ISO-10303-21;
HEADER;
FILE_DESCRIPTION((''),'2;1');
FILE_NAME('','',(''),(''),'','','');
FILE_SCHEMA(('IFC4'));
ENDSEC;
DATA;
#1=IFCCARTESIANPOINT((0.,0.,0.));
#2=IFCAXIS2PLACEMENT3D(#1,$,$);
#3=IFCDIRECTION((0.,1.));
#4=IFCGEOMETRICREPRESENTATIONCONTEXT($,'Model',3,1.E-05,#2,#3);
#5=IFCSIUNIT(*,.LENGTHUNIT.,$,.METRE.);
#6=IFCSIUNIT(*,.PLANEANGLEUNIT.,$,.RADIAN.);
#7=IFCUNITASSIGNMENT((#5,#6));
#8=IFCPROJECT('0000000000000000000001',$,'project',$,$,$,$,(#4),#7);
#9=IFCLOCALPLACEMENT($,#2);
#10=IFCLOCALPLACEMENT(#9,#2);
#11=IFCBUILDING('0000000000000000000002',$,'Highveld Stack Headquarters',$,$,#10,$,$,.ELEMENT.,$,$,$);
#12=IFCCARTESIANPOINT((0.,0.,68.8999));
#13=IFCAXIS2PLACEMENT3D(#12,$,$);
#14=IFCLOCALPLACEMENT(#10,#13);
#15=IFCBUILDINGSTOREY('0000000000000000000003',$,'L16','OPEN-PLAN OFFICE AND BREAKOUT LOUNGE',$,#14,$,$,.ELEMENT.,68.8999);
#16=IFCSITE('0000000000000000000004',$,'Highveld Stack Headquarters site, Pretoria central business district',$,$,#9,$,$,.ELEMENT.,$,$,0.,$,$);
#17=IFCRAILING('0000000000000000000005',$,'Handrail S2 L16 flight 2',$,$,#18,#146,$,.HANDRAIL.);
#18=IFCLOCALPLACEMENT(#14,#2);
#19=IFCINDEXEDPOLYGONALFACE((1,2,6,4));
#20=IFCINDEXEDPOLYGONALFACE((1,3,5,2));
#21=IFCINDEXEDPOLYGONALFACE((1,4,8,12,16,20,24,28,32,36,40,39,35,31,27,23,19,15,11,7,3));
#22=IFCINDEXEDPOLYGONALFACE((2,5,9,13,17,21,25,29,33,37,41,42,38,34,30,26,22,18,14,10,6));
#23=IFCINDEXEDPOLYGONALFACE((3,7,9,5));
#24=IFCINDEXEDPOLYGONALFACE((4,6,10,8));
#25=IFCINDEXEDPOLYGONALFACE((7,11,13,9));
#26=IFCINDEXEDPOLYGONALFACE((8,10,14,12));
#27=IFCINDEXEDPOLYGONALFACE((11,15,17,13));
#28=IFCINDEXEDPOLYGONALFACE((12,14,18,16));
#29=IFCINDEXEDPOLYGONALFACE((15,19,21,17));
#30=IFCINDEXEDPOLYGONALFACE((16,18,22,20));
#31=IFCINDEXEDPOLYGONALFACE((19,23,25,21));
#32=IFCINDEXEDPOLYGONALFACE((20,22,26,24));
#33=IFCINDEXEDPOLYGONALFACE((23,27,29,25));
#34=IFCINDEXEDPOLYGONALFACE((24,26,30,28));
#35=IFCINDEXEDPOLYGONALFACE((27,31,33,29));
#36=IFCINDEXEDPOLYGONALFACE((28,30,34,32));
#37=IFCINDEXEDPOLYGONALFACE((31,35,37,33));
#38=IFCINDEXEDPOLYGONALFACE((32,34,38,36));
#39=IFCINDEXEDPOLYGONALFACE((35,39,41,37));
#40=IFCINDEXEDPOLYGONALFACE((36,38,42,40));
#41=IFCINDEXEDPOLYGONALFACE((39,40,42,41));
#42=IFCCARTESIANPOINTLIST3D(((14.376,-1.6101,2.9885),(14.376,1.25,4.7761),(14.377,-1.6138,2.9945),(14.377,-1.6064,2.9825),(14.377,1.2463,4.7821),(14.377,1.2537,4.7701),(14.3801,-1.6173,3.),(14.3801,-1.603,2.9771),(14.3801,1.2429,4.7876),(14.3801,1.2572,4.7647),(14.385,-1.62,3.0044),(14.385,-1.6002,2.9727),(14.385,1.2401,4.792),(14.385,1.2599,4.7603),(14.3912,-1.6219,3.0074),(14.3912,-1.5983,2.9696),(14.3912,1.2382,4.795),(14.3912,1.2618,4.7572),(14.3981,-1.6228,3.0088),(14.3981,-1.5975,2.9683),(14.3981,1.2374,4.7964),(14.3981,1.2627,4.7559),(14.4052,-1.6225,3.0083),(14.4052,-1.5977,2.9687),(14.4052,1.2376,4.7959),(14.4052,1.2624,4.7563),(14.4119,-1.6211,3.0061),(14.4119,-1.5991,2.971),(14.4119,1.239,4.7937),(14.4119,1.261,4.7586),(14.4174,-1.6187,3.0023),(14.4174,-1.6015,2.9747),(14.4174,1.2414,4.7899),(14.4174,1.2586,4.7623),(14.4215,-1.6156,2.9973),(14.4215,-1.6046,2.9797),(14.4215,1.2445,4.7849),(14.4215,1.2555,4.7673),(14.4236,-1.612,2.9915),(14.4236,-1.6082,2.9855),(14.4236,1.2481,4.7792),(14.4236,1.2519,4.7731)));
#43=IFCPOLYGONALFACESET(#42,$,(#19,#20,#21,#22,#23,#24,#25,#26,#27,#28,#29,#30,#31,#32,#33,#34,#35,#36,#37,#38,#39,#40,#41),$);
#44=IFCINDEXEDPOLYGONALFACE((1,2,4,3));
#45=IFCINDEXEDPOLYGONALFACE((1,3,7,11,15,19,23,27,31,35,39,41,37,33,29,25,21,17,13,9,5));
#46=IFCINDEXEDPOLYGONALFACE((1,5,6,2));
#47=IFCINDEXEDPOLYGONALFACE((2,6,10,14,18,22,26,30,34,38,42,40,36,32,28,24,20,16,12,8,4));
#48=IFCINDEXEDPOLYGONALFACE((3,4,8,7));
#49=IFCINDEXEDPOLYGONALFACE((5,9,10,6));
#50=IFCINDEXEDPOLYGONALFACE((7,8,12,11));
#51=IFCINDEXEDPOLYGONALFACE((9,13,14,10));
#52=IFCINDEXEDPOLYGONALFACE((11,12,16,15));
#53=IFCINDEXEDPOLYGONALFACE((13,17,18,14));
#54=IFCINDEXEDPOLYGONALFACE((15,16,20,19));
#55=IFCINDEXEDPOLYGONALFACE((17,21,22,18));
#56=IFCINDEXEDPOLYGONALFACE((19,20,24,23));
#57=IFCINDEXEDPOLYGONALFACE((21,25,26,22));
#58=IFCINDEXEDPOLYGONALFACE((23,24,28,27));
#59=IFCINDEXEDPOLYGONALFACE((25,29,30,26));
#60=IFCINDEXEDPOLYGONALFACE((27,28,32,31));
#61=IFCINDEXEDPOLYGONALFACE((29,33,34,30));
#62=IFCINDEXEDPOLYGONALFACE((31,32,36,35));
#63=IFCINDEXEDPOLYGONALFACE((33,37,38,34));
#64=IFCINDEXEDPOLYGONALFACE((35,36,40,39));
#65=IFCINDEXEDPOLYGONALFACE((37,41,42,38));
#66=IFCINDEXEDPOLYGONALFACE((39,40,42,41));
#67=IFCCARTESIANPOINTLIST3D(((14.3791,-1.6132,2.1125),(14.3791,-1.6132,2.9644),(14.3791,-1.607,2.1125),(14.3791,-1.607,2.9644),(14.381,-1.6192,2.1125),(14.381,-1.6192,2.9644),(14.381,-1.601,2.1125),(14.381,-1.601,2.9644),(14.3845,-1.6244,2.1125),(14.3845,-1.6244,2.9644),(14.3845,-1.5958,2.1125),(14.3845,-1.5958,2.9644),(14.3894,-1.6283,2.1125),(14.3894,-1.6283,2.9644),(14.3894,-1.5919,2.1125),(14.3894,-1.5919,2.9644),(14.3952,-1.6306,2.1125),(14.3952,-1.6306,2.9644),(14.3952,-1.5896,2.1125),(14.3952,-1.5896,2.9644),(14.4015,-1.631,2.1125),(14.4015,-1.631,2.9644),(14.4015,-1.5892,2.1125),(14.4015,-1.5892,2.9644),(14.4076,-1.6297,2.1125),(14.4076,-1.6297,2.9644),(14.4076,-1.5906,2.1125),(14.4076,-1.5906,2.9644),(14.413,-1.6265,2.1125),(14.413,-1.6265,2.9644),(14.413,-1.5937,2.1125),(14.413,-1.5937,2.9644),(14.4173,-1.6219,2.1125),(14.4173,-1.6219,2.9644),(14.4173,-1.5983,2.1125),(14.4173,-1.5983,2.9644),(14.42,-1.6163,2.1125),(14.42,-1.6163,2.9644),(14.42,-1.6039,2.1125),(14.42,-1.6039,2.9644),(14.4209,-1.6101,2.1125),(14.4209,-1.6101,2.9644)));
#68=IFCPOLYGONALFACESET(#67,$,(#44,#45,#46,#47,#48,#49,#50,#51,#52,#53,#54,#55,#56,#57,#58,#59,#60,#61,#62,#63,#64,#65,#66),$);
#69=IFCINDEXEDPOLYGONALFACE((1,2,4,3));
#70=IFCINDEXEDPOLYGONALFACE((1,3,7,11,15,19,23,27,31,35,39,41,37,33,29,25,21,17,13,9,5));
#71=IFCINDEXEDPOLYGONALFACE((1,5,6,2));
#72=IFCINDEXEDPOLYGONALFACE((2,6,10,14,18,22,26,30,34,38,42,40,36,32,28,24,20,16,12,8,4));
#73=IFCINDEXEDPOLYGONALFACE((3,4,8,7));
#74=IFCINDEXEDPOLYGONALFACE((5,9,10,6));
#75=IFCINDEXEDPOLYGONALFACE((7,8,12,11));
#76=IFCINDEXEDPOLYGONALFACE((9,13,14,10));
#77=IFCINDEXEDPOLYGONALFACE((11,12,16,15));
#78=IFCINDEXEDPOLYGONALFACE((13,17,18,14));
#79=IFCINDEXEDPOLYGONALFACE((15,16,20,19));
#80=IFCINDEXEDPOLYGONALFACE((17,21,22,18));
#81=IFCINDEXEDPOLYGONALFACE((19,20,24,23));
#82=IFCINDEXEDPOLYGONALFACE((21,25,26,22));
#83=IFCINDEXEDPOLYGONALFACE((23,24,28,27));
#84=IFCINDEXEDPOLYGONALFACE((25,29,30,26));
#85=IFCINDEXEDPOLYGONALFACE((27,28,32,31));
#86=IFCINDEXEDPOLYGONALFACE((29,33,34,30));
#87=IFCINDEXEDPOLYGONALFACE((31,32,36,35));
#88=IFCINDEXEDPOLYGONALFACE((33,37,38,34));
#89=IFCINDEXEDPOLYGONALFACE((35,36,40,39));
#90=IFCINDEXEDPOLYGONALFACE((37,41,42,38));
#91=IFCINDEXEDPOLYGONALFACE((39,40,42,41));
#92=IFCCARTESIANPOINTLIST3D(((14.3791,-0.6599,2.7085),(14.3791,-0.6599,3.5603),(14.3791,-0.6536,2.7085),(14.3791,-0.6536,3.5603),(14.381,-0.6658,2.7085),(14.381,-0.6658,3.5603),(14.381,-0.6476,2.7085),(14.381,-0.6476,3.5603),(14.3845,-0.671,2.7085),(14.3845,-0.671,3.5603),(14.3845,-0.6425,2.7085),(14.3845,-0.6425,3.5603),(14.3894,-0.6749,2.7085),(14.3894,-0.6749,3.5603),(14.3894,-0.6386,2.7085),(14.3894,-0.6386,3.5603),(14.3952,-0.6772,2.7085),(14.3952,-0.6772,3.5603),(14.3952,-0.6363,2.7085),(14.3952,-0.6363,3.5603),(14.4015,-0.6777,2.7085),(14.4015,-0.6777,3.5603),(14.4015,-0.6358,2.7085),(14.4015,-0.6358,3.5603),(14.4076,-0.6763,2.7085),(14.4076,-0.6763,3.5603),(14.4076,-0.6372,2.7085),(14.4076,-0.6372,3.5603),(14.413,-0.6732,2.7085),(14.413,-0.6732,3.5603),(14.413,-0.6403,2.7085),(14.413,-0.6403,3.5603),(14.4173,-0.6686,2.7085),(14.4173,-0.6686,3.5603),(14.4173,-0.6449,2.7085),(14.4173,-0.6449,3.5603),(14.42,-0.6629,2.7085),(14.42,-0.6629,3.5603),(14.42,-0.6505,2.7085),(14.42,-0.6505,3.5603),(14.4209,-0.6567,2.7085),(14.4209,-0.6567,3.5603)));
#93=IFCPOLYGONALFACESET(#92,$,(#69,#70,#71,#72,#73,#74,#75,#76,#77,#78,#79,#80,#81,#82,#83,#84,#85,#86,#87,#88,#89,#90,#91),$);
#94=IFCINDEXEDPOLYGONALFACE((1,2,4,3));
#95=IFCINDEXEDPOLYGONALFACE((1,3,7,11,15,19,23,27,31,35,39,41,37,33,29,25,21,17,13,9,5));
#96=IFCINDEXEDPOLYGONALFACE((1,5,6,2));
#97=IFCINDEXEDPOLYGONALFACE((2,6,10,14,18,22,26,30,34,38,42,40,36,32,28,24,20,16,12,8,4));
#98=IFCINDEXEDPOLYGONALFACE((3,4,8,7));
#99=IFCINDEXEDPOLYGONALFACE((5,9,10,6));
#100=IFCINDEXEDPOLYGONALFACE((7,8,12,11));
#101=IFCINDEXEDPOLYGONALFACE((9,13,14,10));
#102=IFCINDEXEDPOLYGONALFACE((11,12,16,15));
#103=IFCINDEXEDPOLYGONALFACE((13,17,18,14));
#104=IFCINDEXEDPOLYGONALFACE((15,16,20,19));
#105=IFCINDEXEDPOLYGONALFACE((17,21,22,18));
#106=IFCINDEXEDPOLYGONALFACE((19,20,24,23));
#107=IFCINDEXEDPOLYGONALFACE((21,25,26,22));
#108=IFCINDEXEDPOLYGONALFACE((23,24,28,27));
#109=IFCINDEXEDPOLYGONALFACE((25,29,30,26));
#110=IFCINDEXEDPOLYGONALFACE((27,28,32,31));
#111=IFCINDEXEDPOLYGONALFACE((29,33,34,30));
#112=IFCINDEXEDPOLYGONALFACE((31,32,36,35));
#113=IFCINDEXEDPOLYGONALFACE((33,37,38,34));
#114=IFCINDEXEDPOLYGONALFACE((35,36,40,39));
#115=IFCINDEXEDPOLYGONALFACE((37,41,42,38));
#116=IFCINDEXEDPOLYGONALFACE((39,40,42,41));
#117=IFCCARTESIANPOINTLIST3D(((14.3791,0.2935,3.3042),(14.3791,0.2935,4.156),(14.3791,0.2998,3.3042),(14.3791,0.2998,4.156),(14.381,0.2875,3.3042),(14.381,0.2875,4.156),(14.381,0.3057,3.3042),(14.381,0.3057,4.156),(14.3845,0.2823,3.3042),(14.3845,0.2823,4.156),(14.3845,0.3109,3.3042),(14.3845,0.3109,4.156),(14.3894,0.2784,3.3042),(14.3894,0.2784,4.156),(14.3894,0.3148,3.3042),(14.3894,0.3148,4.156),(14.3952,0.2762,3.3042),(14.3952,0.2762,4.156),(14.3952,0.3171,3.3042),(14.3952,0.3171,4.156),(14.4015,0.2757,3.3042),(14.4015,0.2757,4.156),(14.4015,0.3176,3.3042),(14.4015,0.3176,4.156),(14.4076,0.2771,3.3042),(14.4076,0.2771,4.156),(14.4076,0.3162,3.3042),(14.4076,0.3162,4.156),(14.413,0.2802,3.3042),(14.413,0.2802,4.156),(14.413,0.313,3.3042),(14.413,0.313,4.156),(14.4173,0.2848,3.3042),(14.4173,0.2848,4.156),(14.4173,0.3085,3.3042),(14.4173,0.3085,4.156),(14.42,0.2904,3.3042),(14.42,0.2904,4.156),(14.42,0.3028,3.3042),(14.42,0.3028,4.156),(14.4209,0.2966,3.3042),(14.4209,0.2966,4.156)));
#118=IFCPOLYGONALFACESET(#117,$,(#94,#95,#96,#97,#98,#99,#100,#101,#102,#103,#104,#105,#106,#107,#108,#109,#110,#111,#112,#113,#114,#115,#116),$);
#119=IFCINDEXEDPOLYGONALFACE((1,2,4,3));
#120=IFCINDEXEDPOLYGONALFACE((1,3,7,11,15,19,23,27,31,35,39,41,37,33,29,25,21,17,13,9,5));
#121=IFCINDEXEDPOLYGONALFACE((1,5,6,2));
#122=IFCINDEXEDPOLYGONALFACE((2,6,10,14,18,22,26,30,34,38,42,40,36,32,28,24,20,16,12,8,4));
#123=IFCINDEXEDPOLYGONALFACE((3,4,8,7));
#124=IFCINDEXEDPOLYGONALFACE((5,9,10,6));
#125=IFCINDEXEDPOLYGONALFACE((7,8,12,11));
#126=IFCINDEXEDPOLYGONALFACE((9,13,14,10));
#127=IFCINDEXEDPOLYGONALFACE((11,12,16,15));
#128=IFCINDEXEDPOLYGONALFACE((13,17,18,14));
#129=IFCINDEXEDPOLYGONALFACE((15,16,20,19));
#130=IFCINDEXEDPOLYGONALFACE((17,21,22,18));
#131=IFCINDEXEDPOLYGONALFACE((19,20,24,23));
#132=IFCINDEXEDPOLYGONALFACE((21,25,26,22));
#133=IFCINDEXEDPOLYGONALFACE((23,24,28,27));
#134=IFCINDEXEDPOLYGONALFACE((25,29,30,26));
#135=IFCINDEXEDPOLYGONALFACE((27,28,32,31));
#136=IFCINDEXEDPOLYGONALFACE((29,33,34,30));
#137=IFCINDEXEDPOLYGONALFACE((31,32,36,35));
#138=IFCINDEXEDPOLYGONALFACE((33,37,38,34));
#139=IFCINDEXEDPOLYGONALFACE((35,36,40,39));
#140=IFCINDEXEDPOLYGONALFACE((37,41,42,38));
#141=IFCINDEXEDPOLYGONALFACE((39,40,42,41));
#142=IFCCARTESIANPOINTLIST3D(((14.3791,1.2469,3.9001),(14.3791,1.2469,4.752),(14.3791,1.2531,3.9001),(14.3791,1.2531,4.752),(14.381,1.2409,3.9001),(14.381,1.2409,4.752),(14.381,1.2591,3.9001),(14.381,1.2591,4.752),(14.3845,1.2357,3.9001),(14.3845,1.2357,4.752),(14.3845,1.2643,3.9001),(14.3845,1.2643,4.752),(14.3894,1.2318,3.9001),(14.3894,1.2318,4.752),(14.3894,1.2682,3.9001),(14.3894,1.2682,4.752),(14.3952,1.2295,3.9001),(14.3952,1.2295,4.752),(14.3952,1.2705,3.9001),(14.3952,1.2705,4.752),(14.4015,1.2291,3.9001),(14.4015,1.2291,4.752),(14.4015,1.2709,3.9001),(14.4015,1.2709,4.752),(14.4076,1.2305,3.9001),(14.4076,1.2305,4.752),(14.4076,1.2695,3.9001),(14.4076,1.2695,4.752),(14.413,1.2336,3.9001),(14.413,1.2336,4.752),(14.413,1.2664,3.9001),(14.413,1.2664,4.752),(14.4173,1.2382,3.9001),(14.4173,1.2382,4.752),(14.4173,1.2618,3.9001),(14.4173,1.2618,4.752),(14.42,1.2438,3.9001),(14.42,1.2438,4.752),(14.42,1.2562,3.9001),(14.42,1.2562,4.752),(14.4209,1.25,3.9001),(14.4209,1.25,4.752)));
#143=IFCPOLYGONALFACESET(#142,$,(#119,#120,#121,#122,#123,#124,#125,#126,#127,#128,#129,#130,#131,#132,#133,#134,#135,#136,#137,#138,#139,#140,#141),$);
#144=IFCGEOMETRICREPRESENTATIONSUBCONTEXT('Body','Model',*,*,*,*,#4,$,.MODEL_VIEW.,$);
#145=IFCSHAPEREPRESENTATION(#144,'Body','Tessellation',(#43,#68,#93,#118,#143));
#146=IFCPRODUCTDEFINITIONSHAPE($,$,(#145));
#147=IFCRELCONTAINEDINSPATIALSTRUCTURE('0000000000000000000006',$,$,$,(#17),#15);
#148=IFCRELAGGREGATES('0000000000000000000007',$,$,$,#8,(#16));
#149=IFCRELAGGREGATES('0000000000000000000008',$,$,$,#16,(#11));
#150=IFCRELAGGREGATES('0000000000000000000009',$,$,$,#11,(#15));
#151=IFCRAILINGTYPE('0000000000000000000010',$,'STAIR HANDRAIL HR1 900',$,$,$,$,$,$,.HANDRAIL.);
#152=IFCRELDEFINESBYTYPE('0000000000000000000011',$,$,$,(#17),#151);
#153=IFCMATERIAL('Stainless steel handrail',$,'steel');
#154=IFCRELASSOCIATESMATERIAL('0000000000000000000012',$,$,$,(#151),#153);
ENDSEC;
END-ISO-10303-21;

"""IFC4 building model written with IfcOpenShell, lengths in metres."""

from ifc_helpers import new_model, si_unit, direction, frame, origin, origin_2d, place, context, subcontext, project, spatial, circle, extrude, material, type_object, element, save


model = new_model("IFC4")

# Units and contexts
model_context = context("Model", 3, precision=1e-05, world=origin(), true_north=direction((0.0, 1.0)))
body_context = subcontext(model_context, "Body", "Model", "MODEL_VIEW")
ifc_project = project(units=[si_unit("LENGTHUNIT", "METRE"), si_unit("PLANEANGLEUNIT", "RADIAN")], contexts=[model_context])

# Site, building, storey
site_placement = place(None, origin())
site = spatial("IfcSite", under=ifc_project, at=site_placement, Name="Highveld Stack Headquarters site, Pretoria central business district", CompositionType="ELEMENT", RefElevation=0.0)
building_placement = place(site_placement, origin())
building = spatial("IfcBuilding", under=site, at=building_placement, Name="Highveld Stack Headquarters", CompositionType="ELEMENT")
storey_placement = place(building_placement, frame((0.0, 0.0, 68.8999)))
storey = spatial("IfcBuildingStorey", under=building, at=storey_placement, Name="L16", Description="OPEN-PLAN OFFICE AND BREAKOUT LOUNGE", CompositionType="ELEMENT", Elevation=68.8999)

# Railing
ifc_material_1 = material(Name="Stainless steel handrail", Category="steel")
railing_type = type_object("IfcRailingType", Name="STAIR HANDRAIL HR1 900", PredefinedType="HANDRAIL", material=ifc_material_1)
for number, where, name in (
    (1, (14.3999, -1.6101, 2.1125), "Handrail S2 L16 flight 2"),
):
    element("IfcRailing", number, at=place(storey_placement, frame(where)), inside=storey, type_object=railing_type, Name=name, PredefinedType="HANDRAIL", context=body_context, shape_type="SweptSolid", body=[
        extrude(circle(Radius=0.0239, at=origin_2d()), frame((0.0, 0.0, 0.876), z_axis=(0.0, 0.847994, 0.530005), x_axis=(-1.0, 0.0, 0.0)), (0.0, 0.0, 1.0), 3.3728),
        extrude(circle(Radius=0.021, at=origin_2d()), origin(), (0.0, 0.0, 1.0), 0.8518),
        extrude(circle(Radius=0.021, at=origin_2d()), frame((0.0, 0.9534, 0.5959)), (0.0, 0.0, 1.0), 0.8518),
        extrude(circle(Radius=0.021, at=origin_2d()), frame((0.0, 1.9067, 1.1917)), (0.0, 0.0, 1.0), 0.8518),
        extrude(circle(Radius=0.021, at=origin_2d()), frame((0.0, 2.8601, 1.7876)), (0.0, 0.0, 1.0), 0.8518),
    ])

save(model, "model.ifc")
